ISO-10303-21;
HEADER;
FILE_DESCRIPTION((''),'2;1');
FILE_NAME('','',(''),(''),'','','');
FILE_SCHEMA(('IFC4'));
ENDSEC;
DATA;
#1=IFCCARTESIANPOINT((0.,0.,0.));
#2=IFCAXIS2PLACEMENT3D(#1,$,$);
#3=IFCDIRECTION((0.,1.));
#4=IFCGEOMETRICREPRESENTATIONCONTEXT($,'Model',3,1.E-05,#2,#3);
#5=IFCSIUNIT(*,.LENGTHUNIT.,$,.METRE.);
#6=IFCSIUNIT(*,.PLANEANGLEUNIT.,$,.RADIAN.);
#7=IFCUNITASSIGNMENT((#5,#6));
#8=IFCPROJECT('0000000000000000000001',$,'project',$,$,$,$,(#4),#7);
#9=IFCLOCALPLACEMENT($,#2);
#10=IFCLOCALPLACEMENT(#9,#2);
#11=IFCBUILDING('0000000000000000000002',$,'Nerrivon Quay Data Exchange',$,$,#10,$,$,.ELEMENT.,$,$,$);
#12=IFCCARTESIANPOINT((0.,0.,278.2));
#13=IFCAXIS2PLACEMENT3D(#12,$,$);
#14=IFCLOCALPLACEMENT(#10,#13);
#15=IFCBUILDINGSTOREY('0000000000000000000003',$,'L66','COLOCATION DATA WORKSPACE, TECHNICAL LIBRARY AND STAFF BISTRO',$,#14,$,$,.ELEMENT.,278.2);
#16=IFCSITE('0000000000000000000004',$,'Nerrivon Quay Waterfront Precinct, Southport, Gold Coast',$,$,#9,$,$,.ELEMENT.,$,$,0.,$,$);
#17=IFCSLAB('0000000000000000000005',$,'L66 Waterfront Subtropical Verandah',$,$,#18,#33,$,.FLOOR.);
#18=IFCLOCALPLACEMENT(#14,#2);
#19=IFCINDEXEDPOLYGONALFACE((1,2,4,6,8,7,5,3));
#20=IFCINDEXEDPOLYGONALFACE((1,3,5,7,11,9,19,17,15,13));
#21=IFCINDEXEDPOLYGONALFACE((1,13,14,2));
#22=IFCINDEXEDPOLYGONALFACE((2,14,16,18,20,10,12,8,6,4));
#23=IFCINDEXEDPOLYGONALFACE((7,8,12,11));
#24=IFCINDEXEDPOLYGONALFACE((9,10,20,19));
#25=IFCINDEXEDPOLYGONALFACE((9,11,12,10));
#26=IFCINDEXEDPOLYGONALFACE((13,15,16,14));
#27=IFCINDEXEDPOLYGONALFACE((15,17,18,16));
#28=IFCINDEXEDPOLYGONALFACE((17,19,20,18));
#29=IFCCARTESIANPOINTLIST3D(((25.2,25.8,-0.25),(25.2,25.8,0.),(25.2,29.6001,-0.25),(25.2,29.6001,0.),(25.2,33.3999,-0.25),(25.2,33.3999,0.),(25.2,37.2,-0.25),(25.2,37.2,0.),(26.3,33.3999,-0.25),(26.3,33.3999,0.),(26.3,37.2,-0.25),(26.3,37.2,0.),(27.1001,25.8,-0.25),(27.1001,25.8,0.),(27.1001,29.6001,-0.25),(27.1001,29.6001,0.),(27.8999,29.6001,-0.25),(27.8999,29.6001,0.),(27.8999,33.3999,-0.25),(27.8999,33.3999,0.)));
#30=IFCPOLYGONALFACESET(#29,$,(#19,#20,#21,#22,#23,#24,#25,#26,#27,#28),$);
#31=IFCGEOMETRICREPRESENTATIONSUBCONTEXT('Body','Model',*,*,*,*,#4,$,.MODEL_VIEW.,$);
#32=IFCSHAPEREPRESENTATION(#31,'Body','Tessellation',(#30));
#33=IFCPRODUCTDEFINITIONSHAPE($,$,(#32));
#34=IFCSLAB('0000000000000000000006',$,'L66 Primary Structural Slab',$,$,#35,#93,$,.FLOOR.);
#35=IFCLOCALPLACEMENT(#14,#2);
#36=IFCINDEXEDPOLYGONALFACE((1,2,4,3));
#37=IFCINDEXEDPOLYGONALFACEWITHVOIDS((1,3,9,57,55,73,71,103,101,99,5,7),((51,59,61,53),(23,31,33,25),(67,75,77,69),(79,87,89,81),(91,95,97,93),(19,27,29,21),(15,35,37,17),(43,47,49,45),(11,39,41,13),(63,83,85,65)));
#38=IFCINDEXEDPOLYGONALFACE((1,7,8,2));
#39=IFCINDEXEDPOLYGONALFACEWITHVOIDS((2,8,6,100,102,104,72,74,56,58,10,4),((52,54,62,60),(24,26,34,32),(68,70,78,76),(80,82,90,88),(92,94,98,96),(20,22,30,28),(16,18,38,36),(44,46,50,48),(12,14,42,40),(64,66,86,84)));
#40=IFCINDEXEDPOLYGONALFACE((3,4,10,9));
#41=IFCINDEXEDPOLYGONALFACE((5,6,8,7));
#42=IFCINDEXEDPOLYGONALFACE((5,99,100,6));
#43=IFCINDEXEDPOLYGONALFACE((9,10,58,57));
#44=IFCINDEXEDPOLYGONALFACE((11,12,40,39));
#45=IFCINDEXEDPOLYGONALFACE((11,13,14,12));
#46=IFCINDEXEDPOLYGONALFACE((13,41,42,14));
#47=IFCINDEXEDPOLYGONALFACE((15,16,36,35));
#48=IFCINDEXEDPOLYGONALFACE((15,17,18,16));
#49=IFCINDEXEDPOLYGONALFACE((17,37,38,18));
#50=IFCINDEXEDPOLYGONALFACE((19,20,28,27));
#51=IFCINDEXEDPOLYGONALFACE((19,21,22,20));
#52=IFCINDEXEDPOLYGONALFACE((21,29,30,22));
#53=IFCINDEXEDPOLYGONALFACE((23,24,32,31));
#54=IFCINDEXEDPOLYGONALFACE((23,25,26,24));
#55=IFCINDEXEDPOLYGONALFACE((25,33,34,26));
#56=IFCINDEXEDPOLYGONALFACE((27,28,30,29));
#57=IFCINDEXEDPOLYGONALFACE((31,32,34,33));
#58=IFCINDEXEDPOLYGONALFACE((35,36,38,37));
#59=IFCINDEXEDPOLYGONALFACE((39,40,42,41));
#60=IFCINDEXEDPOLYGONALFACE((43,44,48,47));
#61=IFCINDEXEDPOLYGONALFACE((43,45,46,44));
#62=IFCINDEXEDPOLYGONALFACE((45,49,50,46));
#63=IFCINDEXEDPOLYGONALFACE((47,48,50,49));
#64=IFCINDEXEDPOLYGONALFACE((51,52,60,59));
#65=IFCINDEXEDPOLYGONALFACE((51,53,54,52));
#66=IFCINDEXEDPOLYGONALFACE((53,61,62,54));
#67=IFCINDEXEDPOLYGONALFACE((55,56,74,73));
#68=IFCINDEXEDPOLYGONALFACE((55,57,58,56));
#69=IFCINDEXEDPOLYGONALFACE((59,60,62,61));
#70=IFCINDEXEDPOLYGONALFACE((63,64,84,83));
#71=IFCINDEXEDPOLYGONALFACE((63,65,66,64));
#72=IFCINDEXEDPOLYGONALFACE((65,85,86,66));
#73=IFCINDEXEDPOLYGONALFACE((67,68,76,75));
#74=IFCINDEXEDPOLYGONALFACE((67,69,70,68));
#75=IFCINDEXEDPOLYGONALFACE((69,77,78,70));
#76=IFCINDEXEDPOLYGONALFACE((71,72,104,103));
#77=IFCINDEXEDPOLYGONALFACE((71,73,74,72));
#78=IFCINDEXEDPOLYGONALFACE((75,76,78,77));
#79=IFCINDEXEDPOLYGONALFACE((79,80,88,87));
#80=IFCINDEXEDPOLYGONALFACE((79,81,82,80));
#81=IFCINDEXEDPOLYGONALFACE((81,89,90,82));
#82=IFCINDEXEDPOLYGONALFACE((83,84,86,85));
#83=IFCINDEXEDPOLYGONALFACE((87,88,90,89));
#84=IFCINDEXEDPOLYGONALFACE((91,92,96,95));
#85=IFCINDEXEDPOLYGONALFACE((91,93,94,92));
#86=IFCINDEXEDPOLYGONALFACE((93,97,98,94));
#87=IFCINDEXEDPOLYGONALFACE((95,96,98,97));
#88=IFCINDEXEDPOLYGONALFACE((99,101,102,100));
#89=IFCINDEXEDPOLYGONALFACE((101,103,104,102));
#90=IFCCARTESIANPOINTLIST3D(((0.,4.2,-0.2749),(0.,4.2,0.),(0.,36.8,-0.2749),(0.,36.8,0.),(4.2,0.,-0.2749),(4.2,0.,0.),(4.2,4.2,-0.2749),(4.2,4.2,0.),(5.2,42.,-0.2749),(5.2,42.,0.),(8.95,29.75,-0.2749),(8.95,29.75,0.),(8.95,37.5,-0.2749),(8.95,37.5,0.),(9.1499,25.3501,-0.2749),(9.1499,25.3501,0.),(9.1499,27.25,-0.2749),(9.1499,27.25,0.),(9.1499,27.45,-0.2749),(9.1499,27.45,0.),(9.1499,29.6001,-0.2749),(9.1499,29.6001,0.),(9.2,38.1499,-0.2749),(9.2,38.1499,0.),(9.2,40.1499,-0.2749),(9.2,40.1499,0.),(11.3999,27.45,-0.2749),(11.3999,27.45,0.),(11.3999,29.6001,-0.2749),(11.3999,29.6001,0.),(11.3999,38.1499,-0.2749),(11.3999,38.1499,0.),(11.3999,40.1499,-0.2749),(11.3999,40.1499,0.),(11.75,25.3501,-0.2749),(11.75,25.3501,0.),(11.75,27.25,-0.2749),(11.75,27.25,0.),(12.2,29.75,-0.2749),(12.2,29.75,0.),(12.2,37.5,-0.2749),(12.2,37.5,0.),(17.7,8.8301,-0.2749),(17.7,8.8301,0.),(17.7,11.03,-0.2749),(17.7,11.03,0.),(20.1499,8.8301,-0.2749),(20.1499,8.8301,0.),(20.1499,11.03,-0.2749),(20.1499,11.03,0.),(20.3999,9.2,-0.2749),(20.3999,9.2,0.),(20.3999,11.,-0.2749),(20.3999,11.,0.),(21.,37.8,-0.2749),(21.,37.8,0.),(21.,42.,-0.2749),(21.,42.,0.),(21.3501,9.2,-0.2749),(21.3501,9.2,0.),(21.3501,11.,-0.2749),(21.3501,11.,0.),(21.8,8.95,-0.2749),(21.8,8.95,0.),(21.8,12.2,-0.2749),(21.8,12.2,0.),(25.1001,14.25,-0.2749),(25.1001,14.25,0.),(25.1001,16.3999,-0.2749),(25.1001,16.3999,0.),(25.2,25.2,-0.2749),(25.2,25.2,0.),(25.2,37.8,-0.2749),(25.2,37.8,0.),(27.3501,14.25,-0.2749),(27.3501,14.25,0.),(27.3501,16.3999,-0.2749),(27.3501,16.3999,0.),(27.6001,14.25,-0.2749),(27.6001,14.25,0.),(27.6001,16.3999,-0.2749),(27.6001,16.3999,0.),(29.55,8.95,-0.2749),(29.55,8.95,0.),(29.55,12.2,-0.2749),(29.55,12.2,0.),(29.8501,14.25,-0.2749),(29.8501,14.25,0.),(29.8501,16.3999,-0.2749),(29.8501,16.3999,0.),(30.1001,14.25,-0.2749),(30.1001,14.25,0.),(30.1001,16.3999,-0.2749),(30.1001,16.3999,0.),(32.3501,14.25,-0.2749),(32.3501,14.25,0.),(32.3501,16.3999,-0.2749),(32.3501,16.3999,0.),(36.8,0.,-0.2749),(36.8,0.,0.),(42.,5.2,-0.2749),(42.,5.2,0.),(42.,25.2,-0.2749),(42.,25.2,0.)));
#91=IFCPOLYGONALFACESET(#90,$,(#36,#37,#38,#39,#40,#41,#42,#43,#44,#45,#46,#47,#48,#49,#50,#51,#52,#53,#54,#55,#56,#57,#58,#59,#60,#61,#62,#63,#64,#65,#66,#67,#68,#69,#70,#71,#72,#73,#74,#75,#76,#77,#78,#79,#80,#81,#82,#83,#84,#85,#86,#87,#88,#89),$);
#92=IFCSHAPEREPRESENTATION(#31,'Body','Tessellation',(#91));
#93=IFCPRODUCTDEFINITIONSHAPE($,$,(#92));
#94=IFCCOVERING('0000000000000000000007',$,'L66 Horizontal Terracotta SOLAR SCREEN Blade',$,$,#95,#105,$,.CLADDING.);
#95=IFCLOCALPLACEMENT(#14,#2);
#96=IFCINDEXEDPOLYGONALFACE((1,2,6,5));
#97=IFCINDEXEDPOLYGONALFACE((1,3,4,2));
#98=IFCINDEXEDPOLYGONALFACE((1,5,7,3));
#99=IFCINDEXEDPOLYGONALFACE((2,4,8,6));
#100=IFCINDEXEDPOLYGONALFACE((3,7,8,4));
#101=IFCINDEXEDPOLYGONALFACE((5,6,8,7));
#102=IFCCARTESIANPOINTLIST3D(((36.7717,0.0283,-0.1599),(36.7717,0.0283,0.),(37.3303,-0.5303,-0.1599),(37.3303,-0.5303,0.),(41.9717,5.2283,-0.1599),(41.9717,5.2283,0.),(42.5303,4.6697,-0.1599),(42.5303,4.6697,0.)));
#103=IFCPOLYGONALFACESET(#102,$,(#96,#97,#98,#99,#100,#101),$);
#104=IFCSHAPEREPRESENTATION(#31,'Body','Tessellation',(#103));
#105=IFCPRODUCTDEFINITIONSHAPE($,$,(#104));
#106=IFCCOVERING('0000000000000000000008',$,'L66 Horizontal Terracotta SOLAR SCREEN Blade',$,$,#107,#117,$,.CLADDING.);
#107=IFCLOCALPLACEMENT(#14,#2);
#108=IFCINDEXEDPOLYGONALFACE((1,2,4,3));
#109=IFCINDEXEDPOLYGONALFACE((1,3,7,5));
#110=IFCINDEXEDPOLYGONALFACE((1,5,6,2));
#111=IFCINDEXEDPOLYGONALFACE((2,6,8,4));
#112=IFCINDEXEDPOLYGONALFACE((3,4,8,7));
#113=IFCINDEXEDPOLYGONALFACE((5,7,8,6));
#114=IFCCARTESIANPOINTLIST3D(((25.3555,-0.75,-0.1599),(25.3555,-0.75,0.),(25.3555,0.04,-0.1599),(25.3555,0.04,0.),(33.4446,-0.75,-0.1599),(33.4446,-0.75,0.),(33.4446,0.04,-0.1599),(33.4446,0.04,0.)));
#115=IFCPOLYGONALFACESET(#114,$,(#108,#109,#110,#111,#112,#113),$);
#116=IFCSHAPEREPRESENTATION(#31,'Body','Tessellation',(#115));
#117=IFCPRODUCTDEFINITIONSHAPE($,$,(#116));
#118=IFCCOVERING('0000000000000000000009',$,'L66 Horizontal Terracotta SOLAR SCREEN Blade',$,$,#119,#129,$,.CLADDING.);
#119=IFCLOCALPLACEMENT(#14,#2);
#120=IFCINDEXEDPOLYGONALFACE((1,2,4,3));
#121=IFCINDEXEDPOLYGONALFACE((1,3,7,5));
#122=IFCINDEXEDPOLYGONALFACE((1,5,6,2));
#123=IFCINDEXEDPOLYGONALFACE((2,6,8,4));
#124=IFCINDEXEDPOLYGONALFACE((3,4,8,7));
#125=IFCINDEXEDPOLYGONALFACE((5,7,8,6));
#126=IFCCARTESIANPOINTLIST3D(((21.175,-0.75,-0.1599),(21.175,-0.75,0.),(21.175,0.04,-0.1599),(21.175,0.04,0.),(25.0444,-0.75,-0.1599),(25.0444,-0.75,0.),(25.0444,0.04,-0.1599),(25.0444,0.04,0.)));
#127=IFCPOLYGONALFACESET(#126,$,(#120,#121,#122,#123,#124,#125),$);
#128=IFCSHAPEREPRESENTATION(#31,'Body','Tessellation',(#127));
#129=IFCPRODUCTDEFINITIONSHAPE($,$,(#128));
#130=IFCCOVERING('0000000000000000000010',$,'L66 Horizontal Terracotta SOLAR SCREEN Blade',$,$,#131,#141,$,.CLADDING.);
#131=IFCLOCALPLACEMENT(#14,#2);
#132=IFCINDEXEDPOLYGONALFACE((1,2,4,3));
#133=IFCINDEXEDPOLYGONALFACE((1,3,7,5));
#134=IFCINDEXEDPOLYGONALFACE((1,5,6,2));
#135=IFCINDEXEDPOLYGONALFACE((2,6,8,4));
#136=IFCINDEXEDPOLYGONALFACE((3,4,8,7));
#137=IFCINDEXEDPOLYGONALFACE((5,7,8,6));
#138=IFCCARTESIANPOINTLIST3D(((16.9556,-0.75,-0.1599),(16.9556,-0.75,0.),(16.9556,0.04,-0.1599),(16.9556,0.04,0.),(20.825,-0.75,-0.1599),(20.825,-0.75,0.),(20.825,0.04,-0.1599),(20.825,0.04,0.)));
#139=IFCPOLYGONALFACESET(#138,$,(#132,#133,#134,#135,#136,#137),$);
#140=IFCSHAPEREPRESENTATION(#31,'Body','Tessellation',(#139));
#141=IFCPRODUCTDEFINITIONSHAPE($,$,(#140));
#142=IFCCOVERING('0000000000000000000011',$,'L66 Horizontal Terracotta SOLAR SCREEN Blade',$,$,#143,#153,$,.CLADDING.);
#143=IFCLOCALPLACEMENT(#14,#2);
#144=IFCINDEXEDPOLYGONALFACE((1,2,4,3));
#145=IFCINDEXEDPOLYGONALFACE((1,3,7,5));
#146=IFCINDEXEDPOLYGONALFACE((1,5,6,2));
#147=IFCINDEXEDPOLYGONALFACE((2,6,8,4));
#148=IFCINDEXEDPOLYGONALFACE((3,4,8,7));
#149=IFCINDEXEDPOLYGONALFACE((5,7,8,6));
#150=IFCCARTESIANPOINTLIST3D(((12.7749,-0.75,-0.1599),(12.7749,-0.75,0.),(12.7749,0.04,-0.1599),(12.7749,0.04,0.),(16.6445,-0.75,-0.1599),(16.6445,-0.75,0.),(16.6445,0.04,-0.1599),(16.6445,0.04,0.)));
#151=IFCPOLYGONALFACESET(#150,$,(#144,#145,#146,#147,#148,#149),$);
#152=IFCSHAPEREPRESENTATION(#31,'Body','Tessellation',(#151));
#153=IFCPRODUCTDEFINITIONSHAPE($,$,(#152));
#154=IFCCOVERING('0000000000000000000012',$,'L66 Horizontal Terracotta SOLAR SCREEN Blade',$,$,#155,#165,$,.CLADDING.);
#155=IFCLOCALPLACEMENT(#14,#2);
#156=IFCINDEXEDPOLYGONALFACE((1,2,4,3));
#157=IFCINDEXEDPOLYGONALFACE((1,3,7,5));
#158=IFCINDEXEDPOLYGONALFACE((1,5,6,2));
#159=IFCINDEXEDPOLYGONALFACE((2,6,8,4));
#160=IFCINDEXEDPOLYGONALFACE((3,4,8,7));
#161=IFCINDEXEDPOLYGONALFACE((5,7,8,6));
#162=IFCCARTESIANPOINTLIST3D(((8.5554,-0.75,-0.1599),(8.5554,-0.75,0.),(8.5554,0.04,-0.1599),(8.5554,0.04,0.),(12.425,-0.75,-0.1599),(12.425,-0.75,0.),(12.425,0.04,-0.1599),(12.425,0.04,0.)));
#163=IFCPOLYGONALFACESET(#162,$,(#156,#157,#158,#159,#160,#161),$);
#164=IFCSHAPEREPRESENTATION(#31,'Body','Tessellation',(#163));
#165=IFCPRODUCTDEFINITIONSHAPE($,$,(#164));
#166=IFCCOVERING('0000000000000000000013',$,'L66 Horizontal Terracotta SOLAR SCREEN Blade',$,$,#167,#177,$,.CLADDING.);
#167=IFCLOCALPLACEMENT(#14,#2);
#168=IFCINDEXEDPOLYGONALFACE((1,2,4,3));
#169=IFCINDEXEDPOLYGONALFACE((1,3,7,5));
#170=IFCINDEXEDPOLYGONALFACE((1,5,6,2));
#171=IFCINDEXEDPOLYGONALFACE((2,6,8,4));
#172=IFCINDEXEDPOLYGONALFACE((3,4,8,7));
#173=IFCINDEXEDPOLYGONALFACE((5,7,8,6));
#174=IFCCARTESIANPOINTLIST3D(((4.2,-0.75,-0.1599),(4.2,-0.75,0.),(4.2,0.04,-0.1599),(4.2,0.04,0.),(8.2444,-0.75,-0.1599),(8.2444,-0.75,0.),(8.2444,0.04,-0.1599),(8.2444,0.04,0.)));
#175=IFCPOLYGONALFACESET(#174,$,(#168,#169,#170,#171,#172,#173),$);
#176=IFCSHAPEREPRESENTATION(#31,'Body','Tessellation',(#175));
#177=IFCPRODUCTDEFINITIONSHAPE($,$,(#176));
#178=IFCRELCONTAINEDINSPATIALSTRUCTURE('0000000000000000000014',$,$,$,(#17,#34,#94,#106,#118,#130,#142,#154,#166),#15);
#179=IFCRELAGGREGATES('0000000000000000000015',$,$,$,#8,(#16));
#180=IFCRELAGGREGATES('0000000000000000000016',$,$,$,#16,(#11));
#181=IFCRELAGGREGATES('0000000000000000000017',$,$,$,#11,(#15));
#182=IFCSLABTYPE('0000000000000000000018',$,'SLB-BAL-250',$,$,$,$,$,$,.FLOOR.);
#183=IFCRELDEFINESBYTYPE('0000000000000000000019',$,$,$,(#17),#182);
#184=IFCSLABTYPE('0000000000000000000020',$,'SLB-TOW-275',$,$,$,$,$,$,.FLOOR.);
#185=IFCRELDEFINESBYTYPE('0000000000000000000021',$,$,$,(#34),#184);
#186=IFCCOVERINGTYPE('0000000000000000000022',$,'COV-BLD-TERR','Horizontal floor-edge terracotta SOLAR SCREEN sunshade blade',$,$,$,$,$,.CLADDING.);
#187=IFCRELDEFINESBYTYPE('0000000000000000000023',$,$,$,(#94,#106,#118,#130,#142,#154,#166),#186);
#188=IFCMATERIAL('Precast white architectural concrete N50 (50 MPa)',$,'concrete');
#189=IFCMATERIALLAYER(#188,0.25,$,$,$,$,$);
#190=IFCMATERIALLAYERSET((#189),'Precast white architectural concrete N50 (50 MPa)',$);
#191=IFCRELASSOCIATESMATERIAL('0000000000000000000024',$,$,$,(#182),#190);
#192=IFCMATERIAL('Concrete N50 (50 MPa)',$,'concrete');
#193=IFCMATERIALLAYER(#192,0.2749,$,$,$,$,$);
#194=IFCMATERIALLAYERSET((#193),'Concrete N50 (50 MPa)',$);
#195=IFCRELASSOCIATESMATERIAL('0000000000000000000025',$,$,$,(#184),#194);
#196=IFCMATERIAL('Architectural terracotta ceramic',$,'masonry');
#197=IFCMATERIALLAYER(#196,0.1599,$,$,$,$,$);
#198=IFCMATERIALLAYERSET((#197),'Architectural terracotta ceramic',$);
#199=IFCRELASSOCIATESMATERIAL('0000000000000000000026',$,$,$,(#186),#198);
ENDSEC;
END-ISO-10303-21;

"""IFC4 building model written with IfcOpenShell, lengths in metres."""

from ifc_helpers import new_model, si_unit, direction, frame, origin, place, context, subcontext, project, spatial, polyline, outline, extrude, material, layer, layer_set, type_object, element, save


model = new_model("IFC4")

# Units and contexts
model_context = context("Model", 3, precision=1e-05, world=origin(), true_north=direction((0.0, 1.0)))
body_context = subcontext(model_context, "Body", "Model", "MODEL_VIEW")
ifc_project = project(units=[si_unit("LENGTHUNIT", "METRE"), si_unit("PLANEANGLEUNIT", "RADIAN")], contexts=[model_context])

# Site, building, storey
site_placement = place(None, origin())
site = spatial("IfcSite", under=ifc_project, at=site_placement, Name="Nerrivon Quay Waterfront Precinct, Southport, Gold Coast", CompositionType="ELEMENT", RefElevation=0.0)
building_placement = place(site_placement, origin())
building = spatial("IfcBuilding", under=site, at=building_placement, Name="Nerrivon Quay Data Exchange", CompositionType="ELEMENT")
storey_placement = place(building_placement, frame((0.0, 0.0, 278.2)))
storey = spatial("IfcBuildingStorey", under=building, at=storey_placement, Name="L66", Description="COLOCATION DATA WORKSPACE, TECHNICAL LIBRARY AND STAFF BISTRO", CompositionType="ELEMENT", Elevation=278.2)

# Slabs
ifc_material_1 = material(Name="Precast white architectural concrete N50 (50 MPa)", Category="concrete")
ifc_layer_1 = layer(ifc_material_1, 0.25)
ifc_layer_set_1 = layer_set([ifc_layer_1], Name="Precast white architectural concrete N50 (50 MPa)")
slab_type_1 = type_object("IfcSlabType", Name="SLB-BAL-250", PredefinedType="FLOOR", material=ifc_layer_set_1)
slab_1_placement = place(storey_placement, frame((0.0, 0.0, -0.25)))
element("IfcSlab", 1, at=slab_1_placement, inside=storey, type_object=slab_type_1, Name="L66 Waterfront Subtropical Verandah", PredefinedType="FLOOR", context=body_context, shape_type="SweptSolid", body=[
    extrude(outline(polyline([(27.1001, 29.6001), (27.8999, 29.6001), (27.8999, 33.3999), (26.3, 33.3999), (26.3, 37.2), (25.2, 37.2), (25.2, 33.3999), (25.2, 29.6001), (25.2, 25.8), (27.1001, 25.8), (27.1001, 29.6001)])), origin(), (0.0, 0.0, 1.0), 0.25),
])
ifc_material_2 = material(Name="Concrete N50 (50 MPa)", Category="concrete")
ifc_layer_2 = layer(ifc_material_2, 0.2749)
ifc_layer_set_2 = layer_set([ifc_layer_2], Name="Concrete N50 (50 MPa)")
slab_type_2 = type_object("IfcSlabType", Name="SLB-TOW-275", PredefinedType="FLOOR", material=ifc_layer_set_2)
slab_2_placement = place(storey_placement, frame((0.0, 0.0, -0.2749)))
element("IfcSlab", 2, at=slab_2_placement, inside=storey, type_object=slab_type_2, Name="L66 Primary Structural Slab", PredefinedType="FLOOR", context=body_context, shape_type="SweptSolid", body=[
    extrude(outline(polyline([(42.0, 25.2), (25.2, 25.2), (25.2, 37.8), (21.0, 37.8), (21.0, 42.0), (5.2, 42.0), (0.0, 36.8), (0.0, 4.2), (4.2, 4.2), (4.2, 0.0), (36.8, 0.0), (42.0, 5.2), (42.0, 25.2)]), holes=[polyline([(8.95, 29.75), (8.95, 37.5), (12.2, 37.5), (12.2, 29.75), (8.95, 29.75)]), polyline([(21.8, 12.2), (29.55, 12.2), (29.55, 8.95), (21.8, 8.95), (21.8, 12.2)]), polyline([(30.1001, 14.25), (30.1001, 16.3999), (32.3501, 16.3999), (32.3501, 14.25), (30.1001, 14.25)]), polyline([(27.6001, 14.25), (27.6001, 16.3999), (29.8501, 16.3999), (29.8501, 14.25), (27.6001, 14.25)]), polyline([(25.1001, 14.25), (25.1001, 16.3999), (27.3501, 16.3999), (27.3501, 14.25), (25.1001, 14.25)]), polyline([(20.3999, 9.2), (20.3999, 11.0), (21.3501, 11.0), (21.3501, 9.2), (20.3999, 9.2)]), polyline([(17.7, 8.8301), (17.7, 11.03), (20.1499, 11.03), (20.1499, 8.8301), (17.7, 8.8301)]), polyline([(9.1499, 25.3501), (9.1499, 27.25), (11.75, 27.25), (11.75, 25.3501), (9.1499, 25.3501)]), polyline([(9.1499, 27.45), (9.1499, 29.6001), (11.3999, 29.6001), (11.3999, 27.45), (9.1499, 27.45)]), polyline([(9.2, 38.1499), (9.2, 40.1499), (11.3999, 40.1499), (11.3999, 38.1499), (9.2, 38.1499)])]), origin(), (0.0, 0.0, 1.0), 0.2749),
])

# Coverings
ifc_material_3 = material(Name="Architectural terracotta ceramic", Category="masonry")
ifc_layer_3 = layer(ifc_material_3, 0.1599)
ifc_layer_set_3 = layer_set([ifc_layer_3], Name="Architectural terracotta ceramic")
covering_type = type_object("IfcCoveringType", Name="COV-BLD-TERR", Description="Horizontal floor-edge terracotta SOLAR SCREEN sunshade blade", PredefinedType="CLADDING", material=ifc_layer_set_3)
covering_1_placement = place(storey_placement, frame((0.0, 0.0, -0.1599)))
element("IfcCovering", 3, at=covering_1_placement, inside=storey, type_object=covering_type, Name="L66 Horizontal Terracotta SOLAR SCREEN Blade", PredefinedType="CLADDING", context=body_context, shape_type="SweptSolid", body=[
    extrude(outline(polyline([(41.9717, 5.2283), (36.7717, 0.0283), (37.3303, -0.5303), (42.5303, 4.6697), (41.9717, 5.2283)])), origin(), (0.0, 0.0, 1.0), 0.1599),
])
covering_2_placement = place(storey_placement, frame((0.0, 0.0, -0.1599)))
element("IfcCovering", 4, at=covering_2_placement, inside=storey, type_object=covering_type, Name="L66 Horizontal Terracotta SOLAR SCREEN Blade", PredefinedType="CLADDING", context=body_context, shape_type="SweptSolid", body=[
    extrude(outline(polyline([(33.4446, 0.04), (25.3555, 0.04), (25.3555, -0.75), (33.4446, -0.75), (33.4446, 0.04)])), origin(), (0.0, 0.0, 1.0), 0.1599),
])
covering_3_placement = place(storey_placement, frame((0.0, 0.0, -0.1599)))
element("IfcCovering", 5, at=covering_3_placement, inside=storey, type_object=covering_type, Name="L66 Horizontal Terracotta SOLAR SCREEN Blade", PredefinedType="CLADDING", context=body_context, shape_type="SweptSolid", body=[
    extrude(outline(polyline([(25.0444, 0.04), (21.175, 0.04), (21.175, -0.75), (25.0444, -0.75), (25.0444, 0.04)])), origin(), (0.0, 0.0, 1.0), 0.1599),
])
covering_4_placement = place(storey_placement, frame((0.0, 0.0, -0.1599)))
element("IfcCovering", 6, at=covering_4_placement, inside=storey, type_object=covering_type, Name="L66 Horizontal Terracotta SOLAR SCREEN Blade", PredefinedType="CLADDING", context=body_context, shape_type="SweptSolid", body=[
    extrude(outline(polyline([(20.825, 0.04), (16.9556, 0.04), (16.9556, -0.75), (20.825, -0.75), (20.825, 0.04)])), origin(), (0.0, 0.0, 1.0), 0.1599),
])
covering_5_placement = place(storey_placement, frame((0.0, 0.0, -0.1599)))
element("IfcCovering", 7, at=covering_5_placement, inside=storey, type_object=covering_type, Name="L66 Horizontal Terracotta SOLAR SCREEN Blade", PredefinedType="CLADDING", context=body_context, shape_type="SweptSolid", body=[
    extrude(outline(polyline([(16.6445, 0.04), (12.7749, 0.04), (12.7749, -0.75), (16.6445, -0.75), (16.6445, 0.04)])), origin(), (0.0, 0.0, 1.0), 0.1599),
])
covering_6_placement = place(storey_placement, frame((0.0, 0.0, -0.1599)))
element("IfcCovering", 8, at=covering_6_placement, inside=storey, type_object=covering_type, Name="L66 Horizontal Terracotta SOLAR SCREEN Blade", PredefinedType="CLADDING", context=body_context, shape_type="SweptSolid", body=[
    extrude(outline(polyline([(12.425, 0.04), (8.5554, 0.04), (8.5554, -0.75), (12.425, -0.75), (12.425, 0.04)])), origin(), (0.0, 0.0, 1.0), 0.1599),
])
covering_7_placement = place(storey_placement, frame((0.0, 0.0, -0.1599)))
element("IfcCovering", 9, at=covering_7_placement, inside=storey, type_object=covering_type, Name="L66 Horizontal Terracotta SOLAR SCREEN Blade", PredefinedType="CLADDING", context=body_context, shape_type="SweptSolid", body=[
    extrude(outline(polyline([(8.2444, 0.04), (4.2, 0.04), (4.2, -0.75), (8.2444, -0.75), (8.2444, 0.04)])), origin(), (0.0, 0.0, 1.0), 0.1599),
])

save(model, "model.ifc")
